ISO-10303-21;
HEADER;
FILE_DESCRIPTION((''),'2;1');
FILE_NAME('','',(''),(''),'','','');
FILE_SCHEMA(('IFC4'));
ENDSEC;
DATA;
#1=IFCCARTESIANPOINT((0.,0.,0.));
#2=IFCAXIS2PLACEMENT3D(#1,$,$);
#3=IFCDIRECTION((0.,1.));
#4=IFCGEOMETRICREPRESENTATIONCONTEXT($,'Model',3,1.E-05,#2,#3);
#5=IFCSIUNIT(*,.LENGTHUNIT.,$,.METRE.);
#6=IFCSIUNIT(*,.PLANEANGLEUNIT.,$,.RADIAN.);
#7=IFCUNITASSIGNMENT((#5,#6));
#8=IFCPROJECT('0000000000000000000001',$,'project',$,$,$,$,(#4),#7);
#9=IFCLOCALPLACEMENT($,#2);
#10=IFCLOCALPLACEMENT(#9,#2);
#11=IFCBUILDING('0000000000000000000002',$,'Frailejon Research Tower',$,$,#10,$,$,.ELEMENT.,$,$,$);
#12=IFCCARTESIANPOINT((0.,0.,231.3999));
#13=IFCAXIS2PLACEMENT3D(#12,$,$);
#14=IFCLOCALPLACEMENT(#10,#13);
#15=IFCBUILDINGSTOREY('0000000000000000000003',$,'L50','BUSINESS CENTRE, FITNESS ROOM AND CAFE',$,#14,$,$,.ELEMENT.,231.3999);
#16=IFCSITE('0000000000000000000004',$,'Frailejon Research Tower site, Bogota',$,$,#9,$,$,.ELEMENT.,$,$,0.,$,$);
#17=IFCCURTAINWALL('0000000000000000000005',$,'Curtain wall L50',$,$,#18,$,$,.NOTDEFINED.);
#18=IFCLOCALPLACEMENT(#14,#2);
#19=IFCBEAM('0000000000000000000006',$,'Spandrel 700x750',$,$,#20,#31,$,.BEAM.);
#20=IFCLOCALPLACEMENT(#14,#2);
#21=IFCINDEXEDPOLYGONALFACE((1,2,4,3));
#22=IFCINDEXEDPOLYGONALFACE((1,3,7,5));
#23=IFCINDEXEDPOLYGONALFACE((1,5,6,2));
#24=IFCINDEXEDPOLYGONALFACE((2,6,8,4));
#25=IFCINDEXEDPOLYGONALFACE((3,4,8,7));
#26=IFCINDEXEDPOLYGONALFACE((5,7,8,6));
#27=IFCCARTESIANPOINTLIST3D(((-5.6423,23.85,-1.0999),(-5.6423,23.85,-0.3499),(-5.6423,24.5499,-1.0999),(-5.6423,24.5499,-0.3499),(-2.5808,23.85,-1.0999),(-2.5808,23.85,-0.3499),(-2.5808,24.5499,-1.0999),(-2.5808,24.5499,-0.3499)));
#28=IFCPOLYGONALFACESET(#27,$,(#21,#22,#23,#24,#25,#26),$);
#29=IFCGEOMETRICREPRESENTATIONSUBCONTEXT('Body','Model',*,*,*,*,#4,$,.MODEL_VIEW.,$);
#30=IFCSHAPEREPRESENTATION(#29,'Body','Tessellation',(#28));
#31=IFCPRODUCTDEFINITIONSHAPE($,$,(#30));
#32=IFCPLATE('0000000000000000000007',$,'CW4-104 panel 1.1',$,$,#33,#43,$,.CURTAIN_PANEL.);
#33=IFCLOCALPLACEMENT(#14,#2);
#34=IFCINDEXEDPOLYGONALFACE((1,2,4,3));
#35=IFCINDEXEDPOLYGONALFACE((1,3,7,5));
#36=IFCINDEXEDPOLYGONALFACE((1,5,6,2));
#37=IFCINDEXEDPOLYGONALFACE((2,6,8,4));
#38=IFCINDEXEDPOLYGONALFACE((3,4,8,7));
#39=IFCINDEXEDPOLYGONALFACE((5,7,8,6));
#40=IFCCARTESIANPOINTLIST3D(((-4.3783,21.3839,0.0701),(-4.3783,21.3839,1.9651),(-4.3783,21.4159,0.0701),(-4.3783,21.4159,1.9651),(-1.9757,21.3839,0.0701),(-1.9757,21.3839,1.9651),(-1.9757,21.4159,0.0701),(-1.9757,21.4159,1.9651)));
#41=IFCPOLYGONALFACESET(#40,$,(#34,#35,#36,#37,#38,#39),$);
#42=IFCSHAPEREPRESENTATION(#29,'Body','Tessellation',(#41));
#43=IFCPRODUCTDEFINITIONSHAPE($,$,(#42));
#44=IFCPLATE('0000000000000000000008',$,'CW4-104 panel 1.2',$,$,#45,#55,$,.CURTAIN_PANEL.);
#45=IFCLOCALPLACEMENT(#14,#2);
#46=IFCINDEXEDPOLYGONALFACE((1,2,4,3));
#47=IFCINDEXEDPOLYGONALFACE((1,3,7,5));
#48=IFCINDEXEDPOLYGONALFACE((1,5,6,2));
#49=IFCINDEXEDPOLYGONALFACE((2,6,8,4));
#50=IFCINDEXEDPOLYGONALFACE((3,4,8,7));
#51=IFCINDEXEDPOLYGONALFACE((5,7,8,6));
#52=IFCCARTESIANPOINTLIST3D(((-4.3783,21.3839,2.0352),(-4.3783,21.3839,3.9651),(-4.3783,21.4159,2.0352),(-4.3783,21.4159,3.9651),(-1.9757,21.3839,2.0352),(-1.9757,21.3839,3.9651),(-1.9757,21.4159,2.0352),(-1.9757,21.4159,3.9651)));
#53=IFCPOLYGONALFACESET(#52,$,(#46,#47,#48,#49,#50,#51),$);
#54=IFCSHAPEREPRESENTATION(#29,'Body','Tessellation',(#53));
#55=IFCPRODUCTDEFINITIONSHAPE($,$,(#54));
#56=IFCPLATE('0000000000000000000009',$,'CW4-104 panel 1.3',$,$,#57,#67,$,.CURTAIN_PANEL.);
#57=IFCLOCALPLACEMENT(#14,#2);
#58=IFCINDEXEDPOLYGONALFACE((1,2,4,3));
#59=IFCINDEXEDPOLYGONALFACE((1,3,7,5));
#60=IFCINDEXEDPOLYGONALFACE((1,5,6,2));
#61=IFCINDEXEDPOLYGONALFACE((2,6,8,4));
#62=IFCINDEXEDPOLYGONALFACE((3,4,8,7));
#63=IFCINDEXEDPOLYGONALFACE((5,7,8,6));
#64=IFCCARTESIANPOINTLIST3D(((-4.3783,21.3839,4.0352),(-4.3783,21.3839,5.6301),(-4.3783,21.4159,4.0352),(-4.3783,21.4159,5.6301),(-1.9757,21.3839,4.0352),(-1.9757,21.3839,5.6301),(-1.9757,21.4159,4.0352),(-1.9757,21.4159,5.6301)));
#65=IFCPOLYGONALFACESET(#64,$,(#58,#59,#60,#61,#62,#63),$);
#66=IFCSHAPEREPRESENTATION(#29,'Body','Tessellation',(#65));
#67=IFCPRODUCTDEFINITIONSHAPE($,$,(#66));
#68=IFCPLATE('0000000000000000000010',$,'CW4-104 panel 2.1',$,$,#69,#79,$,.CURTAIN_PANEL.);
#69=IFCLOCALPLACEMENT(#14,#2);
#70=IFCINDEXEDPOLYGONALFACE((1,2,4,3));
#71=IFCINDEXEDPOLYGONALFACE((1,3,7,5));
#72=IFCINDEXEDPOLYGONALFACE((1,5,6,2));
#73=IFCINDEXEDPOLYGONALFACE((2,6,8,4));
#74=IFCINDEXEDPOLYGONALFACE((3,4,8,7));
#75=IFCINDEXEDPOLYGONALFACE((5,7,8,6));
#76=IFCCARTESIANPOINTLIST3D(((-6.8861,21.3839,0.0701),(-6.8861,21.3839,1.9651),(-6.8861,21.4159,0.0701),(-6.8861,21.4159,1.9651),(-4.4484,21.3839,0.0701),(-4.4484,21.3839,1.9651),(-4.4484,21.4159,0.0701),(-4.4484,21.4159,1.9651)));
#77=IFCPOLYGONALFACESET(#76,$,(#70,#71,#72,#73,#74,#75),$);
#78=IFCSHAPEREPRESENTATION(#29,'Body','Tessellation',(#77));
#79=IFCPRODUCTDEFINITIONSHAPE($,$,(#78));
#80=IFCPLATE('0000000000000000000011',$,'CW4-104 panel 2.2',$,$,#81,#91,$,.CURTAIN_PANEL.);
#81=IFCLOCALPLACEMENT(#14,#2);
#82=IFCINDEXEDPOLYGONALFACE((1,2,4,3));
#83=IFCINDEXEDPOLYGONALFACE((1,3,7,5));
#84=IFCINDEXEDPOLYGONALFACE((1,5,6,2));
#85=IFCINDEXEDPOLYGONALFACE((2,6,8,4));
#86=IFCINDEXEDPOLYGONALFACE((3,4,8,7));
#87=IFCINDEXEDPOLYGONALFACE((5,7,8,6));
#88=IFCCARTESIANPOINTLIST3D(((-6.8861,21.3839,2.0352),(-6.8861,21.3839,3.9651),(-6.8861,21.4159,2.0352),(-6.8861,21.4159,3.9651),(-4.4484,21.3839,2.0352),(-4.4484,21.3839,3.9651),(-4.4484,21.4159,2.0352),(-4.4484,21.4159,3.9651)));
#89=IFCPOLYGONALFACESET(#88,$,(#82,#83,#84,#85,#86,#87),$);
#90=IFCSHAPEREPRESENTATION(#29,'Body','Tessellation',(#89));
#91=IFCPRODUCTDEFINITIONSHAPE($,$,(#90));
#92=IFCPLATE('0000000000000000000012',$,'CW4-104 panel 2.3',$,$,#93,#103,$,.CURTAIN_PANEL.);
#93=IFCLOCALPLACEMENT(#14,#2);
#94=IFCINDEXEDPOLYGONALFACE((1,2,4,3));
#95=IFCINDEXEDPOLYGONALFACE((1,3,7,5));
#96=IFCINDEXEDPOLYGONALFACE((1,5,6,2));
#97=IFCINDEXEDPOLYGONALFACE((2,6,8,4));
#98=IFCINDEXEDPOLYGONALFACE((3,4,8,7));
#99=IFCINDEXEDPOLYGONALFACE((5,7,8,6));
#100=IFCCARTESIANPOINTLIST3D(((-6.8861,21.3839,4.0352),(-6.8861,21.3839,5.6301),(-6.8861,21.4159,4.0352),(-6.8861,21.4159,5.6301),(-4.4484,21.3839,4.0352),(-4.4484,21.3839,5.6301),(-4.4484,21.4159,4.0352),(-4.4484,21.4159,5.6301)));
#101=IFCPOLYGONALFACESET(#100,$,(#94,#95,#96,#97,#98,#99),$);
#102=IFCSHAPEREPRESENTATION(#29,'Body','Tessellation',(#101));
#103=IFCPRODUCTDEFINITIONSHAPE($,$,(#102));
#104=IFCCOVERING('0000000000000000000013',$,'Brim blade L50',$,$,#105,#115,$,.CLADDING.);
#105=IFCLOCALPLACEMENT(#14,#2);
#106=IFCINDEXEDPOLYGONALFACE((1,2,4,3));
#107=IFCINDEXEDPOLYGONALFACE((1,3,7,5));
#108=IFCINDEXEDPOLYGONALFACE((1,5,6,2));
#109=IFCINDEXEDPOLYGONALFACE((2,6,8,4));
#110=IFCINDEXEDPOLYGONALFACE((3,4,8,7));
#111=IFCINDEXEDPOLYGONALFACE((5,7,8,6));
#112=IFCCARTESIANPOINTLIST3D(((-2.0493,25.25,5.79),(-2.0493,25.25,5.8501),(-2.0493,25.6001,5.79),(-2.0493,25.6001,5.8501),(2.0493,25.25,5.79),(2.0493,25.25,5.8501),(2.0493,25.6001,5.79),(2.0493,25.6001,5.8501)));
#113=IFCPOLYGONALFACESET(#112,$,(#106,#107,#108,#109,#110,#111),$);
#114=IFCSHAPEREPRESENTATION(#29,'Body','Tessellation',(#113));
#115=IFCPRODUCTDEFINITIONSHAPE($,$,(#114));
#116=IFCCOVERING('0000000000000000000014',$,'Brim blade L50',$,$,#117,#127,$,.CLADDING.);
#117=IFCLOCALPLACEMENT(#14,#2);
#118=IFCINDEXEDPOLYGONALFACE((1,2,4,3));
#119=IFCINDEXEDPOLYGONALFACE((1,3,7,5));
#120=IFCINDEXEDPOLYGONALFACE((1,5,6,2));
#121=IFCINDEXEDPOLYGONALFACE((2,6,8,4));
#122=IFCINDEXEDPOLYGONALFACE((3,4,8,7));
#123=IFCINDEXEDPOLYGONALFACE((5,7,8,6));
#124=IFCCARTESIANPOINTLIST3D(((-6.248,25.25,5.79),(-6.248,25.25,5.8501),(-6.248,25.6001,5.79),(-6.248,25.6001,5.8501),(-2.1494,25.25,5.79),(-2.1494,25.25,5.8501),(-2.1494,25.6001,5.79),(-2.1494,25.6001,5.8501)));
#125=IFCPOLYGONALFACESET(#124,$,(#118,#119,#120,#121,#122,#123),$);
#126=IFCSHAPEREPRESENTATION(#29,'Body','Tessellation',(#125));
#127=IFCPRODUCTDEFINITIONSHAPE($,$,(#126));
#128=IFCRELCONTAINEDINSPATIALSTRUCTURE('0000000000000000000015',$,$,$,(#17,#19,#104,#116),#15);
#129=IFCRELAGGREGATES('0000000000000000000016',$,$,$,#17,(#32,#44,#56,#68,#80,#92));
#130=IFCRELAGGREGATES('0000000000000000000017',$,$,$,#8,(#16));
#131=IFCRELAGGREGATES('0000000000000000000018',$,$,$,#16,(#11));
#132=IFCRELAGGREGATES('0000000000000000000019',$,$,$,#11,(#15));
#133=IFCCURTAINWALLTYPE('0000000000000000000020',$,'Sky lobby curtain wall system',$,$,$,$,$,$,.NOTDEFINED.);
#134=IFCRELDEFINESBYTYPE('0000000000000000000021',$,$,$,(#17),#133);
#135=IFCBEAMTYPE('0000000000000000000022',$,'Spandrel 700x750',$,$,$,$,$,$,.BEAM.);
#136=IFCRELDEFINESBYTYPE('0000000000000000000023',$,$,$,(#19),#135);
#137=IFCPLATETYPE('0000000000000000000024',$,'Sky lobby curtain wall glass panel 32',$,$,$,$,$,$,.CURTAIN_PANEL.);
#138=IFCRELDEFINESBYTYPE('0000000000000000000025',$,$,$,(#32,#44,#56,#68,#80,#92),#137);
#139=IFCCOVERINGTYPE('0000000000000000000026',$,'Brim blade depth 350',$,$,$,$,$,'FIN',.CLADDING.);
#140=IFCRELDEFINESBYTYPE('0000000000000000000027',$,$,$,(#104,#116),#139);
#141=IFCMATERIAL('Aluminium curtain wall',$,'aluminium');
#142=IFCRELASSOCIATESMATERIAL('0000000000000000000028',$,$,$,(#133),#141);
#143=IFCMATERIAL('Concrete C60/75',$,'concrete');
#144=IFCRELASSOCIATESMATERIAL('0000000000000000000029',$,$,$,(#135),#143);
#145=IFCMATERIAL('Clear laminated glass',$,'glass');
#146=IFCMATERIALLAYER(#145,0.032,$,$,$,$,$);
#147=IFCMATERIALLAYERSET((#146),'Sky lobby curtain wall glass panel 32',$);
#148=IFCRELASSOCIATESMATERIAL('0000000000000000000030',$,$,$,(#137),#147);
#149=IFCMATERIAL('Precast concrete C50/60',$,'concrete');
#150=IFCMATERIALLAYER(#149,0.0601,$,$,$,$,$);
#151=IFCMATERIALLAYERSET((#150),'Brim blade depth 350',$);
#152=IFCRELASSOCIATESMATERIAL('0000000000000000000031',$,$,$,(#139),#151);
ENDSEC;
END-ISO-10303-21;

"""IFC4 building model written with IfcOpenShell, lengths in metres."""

from ifc_helpers import new_model, si_unit, direction, frame, origin, origin_2d, place, context, subcontext, project, spatial, polyline, rectangle, outline, extrude, material, layer, layer_set, material_profile, profile_set, type_object, element, aggregate, save


model = new_model("IFC4")

# Units and contexts
model_context = context("Model", 3, precision=1e-05, world=origin(), true_north=direction((0.0, 1.0)))
body_context = subcontext(model_context, "Body", "Model", "MODEL_VIEW")
ifc_project = project(units=[si_unit("LENGTHUNIT", "METRE"), si_unit("PLANEANGLEUNIT", "RADIAN")], contexts=[model_context])

# Site, building, storey
site_placement = place(None, origin())
site = spatial("IfcSite", under=ifc_project, at=site_placement, Name="Frailejon Research Tower site, Bogota", CompositionType="ELEMENT", RefElevation=0.0)
building_placement = place(site_placement, origin())
building = spatial("IfcBuilding", under=site, at=building_placement, Name="Frailejon Research Tower", CompositionType="ELEMENT")
storey_placement = place(building_placement, frame((0.0, 0.0, 231.3999)))
storey = spatial("IfcBuildingStorey", under=building, at=storey_placement, Name="L50", Description="BUSINESS CENTRE, FITNESS ROOM AND CAFE", CompositionType="ELEMENT", Elevation=231.3999)

# Curtain wall
ifc_material_1 = material(Name="Aluminium curtain wall", Category="aluminium")
curtain_wall_type = type_object("IfcCurtainWallType", Name="Sky lobby curtain wall system", PredefinedType="NOTDEFINED", material=ifc_material_1)
curtain_wall_placement = place(storey_placement, origin())
curtain_wall = element("IfcCurtainWall", 1, at=curtain_wall_placement, inside=storey, type_object=curtain_wall_type, Name="Curtain wall L50", PredefinedType="NOTDEFINED")

# Beam
ifc_material_2 = material(Name="Concrete C60/75", Category="concrete")
ifc_material_profile_1 = material_profile(ifc_material_2, rectangle(XDim=0.7, YDim=0.75, at=origin_2d()), Name="Spandrel 700x750")
ifc_profile_set_1 = profile_set([ifc_material_profile_1], Name="Concrete C60/75")
beam_type_1 = type_object("IfcBeamType", Name="Spandrel 700x750", PredefinedType="BEAM", material=ifc_profile_set_1)
beam_1_placement = place(storey_placement, frame((-2.5808, 24.2, -0.7249), z_axis=(-1.0, 0.0, 0.0), x_axis=(0.0, -1.0, 0.0)))
element("IfcBeam", 2, at=beam_1_placement, inside=storey, type_object=beam_type_1, Name="Spandrel 700x750", PredefinedType="BEAM", context=body_context, shape_type="SweptSolid", body=[
    extrude(rectangle(XDim=0.7, YDim=0.75, at=origin_2d()), origin(), (0.0, 0.0, 1.0), 3.0615),
])

# Plates
ifc_material_3 = material(Name="Clear laminated glass", Category="glass")
ifc_layer_1 = layer(ifc_material_3, 0.032)
ifc_layer_set_1 = layer_set([ifc_layer_1], Name="Sky lobby curtain wall glass panel 32")
plate_type = type_object("IfcPlateType", Name="Sky lobby curtain wall glass panel 32", PredefinedType="CURTAIN_PANEL", material=ifc_layer_set_1)
plate_1_placement = place(storey_placement, frame((-3.177, 21.3999, 0.0701), z_axis=(0.0, 0.0, 1.0), x_axis=(-1.0, 0.0, 0.0)))
plate_1 = element("IfcPlate", 3, at=plate_1_placement, type_object=plate_type, Name="CW4-104 panel 1.1", PredefinedType="CURTAIN_PANEL", context=body_context, shape_type="SweptSolid", body=[
    extrude(rectangle(XDim=2.4026, YDim=0.032, at=origin_2d()), origin(), (0.0, 0.0, 1.0), 1.895),
])
plate_2_placement = place(storey_placement, frame((-3.177, 21.3999, 2.0352), z_axis=(0.0, 0.0, 1.0), x_axis=(-1.0, 0.0, 0.0)))
plate_2 = element("IfcPlate", 4, at=plate_2_placement, type_object=plate_type, Name="CW4-104 panel 1.2", PredefinedType="CURTAIN_PANEL", context=body_context, shape_type="SweptSolid", body=[
    extrude(rectangle(XDim=2.4026, YDim=0.032, at=origin_2d()), origin(), (0.0, 0.0, 1.0), 1.9299),
])
plate_3_placement = place(storey_placement, frame((-3.177, 21.3999, 4.0352), z_axis=(0.0, 0.0, 1.0), x_axis=(-1.0, 0.0, 0.0)))
plate_3 = element("IfcPlate", 5, at=plate_3_placement, type_object=plate_type, Name="CW4-104 panel 1.3", PredefinedType="CURTAIN_PANEL", context=body_context, shape_type="SweptSolid", body=[
    extrude(rectangle(XDim=2.4026, YDim=0.032, at=origin_2d()), origin(), (0.0, 0.0, 1.0), 1.595),
])
plate_4_placement = place(storey_placement, frame((-5.6672, 21.3999, 0.0701), z_axis=(0.0, 0.0, 1.0), x_axis=(-1.0, 0.0, 0.0)))
plate_4 = element("IfcPlate", 6, at=plate_4_placement, type_object=plate_type, Name="CW4-104 panel 2.1", PredefinedType="CURTAIN_PANEL", context=body_context, shape_type="SweptSolid", body=[
    extrude(rectangle(XDim=2.4377, YDim=0.032, at=origin_2d()), origin(), (0.0, 0.0, 1.0), 1.895),
])
plate_5_placement = place(storey_placement, frame((-5.6672, 21.3999, 2.0352), z_axis=(0.0, 0.0, 1.0), x_axis=(-1.0, 0.0, 0.0)))
plate_5 = element("IfcPlate", 7, at=plate_5_placement, type_object=plate_type, Name="CW4-104 panel 2.2", PredefinedType="CURTAIN_PANEL", context=body_context, shape_type="SweptSolid", body=[
    extrude(rectangle(XDim=2.4377, YDim=0.032, at=origin_2d()), origin(), (0.0, 0.0, 1.0), 1.9299),
])
plate_6_placement = place(storey_placement, frame((-5.6672, 21.3999, 4.0352), z_axis=(0.0, 0.0, 1.0), x_axis=(-1.0, 0.0, 0.0)))
plate_6 = element("IfcPlate", 8, at=plate_6_placement, type_object=plate_type, Name="CW4-104 panel 2.3", PredefinedType="CURTAIN_PANEL", context=body_context, shape_type="SweptSolid", body=[
    extrude(rectangle(XDim=2.4377, YDim=0.032, at=origin_2d()), origin(), (0.0, 0.0, 1.0), 1.595),
])
aggregate(curtain_wall, [plate_1, plate_2, plate_3, plate_4, plate_5, plate_6])

# Coverings
ifc_material_4 = material(Name="Precast concrete C50/60", Category="concrete")
ifc_layer_2 = layer(ifc_material_4, 0.0601)
ifc_layer_set_2 = layer_set([ifc_layer_2], Name="Brim blade depth 350")
covering_type = type_object("IfcCoveringType", Name="Brim blade depth 350", ElementType="FIN", PredefinedType="CLADDING", material=ifc_layer_set_2)
for number, where, z_axis, x_axis, name in (
    (9, (-2.0493, 25.25, 5.8501), (1.0, 0.0, 0.0), (0.0, 1.0, 0.0), "Brim blade L50"),
    (10, (-6.248, 25.25, 5.8501), (1.0, 0.0, 0.0), (0.0, 1.0, 0.0), "Brim blade L50"),
):
    element("IfcCovering", number, at=place(storey_placement, frame(where, z_axis=z_axis, x_axis=x_axis)), inside=storey, type_object=covering_type, Name=name, PredefinedType="CLADDING", context=body_context, shape_type="SweptSolid", body=[
        extrude(outline(polyline([(0.0, -0.0601), (0.3501, -0.0601), (0.3501, 0.0), (0.0, 0.0), (0.0, -0.0601)])), origin(), (0.0, 0.0, 1.0), 4.0986),
    ])

save(model, "model.ifc")
